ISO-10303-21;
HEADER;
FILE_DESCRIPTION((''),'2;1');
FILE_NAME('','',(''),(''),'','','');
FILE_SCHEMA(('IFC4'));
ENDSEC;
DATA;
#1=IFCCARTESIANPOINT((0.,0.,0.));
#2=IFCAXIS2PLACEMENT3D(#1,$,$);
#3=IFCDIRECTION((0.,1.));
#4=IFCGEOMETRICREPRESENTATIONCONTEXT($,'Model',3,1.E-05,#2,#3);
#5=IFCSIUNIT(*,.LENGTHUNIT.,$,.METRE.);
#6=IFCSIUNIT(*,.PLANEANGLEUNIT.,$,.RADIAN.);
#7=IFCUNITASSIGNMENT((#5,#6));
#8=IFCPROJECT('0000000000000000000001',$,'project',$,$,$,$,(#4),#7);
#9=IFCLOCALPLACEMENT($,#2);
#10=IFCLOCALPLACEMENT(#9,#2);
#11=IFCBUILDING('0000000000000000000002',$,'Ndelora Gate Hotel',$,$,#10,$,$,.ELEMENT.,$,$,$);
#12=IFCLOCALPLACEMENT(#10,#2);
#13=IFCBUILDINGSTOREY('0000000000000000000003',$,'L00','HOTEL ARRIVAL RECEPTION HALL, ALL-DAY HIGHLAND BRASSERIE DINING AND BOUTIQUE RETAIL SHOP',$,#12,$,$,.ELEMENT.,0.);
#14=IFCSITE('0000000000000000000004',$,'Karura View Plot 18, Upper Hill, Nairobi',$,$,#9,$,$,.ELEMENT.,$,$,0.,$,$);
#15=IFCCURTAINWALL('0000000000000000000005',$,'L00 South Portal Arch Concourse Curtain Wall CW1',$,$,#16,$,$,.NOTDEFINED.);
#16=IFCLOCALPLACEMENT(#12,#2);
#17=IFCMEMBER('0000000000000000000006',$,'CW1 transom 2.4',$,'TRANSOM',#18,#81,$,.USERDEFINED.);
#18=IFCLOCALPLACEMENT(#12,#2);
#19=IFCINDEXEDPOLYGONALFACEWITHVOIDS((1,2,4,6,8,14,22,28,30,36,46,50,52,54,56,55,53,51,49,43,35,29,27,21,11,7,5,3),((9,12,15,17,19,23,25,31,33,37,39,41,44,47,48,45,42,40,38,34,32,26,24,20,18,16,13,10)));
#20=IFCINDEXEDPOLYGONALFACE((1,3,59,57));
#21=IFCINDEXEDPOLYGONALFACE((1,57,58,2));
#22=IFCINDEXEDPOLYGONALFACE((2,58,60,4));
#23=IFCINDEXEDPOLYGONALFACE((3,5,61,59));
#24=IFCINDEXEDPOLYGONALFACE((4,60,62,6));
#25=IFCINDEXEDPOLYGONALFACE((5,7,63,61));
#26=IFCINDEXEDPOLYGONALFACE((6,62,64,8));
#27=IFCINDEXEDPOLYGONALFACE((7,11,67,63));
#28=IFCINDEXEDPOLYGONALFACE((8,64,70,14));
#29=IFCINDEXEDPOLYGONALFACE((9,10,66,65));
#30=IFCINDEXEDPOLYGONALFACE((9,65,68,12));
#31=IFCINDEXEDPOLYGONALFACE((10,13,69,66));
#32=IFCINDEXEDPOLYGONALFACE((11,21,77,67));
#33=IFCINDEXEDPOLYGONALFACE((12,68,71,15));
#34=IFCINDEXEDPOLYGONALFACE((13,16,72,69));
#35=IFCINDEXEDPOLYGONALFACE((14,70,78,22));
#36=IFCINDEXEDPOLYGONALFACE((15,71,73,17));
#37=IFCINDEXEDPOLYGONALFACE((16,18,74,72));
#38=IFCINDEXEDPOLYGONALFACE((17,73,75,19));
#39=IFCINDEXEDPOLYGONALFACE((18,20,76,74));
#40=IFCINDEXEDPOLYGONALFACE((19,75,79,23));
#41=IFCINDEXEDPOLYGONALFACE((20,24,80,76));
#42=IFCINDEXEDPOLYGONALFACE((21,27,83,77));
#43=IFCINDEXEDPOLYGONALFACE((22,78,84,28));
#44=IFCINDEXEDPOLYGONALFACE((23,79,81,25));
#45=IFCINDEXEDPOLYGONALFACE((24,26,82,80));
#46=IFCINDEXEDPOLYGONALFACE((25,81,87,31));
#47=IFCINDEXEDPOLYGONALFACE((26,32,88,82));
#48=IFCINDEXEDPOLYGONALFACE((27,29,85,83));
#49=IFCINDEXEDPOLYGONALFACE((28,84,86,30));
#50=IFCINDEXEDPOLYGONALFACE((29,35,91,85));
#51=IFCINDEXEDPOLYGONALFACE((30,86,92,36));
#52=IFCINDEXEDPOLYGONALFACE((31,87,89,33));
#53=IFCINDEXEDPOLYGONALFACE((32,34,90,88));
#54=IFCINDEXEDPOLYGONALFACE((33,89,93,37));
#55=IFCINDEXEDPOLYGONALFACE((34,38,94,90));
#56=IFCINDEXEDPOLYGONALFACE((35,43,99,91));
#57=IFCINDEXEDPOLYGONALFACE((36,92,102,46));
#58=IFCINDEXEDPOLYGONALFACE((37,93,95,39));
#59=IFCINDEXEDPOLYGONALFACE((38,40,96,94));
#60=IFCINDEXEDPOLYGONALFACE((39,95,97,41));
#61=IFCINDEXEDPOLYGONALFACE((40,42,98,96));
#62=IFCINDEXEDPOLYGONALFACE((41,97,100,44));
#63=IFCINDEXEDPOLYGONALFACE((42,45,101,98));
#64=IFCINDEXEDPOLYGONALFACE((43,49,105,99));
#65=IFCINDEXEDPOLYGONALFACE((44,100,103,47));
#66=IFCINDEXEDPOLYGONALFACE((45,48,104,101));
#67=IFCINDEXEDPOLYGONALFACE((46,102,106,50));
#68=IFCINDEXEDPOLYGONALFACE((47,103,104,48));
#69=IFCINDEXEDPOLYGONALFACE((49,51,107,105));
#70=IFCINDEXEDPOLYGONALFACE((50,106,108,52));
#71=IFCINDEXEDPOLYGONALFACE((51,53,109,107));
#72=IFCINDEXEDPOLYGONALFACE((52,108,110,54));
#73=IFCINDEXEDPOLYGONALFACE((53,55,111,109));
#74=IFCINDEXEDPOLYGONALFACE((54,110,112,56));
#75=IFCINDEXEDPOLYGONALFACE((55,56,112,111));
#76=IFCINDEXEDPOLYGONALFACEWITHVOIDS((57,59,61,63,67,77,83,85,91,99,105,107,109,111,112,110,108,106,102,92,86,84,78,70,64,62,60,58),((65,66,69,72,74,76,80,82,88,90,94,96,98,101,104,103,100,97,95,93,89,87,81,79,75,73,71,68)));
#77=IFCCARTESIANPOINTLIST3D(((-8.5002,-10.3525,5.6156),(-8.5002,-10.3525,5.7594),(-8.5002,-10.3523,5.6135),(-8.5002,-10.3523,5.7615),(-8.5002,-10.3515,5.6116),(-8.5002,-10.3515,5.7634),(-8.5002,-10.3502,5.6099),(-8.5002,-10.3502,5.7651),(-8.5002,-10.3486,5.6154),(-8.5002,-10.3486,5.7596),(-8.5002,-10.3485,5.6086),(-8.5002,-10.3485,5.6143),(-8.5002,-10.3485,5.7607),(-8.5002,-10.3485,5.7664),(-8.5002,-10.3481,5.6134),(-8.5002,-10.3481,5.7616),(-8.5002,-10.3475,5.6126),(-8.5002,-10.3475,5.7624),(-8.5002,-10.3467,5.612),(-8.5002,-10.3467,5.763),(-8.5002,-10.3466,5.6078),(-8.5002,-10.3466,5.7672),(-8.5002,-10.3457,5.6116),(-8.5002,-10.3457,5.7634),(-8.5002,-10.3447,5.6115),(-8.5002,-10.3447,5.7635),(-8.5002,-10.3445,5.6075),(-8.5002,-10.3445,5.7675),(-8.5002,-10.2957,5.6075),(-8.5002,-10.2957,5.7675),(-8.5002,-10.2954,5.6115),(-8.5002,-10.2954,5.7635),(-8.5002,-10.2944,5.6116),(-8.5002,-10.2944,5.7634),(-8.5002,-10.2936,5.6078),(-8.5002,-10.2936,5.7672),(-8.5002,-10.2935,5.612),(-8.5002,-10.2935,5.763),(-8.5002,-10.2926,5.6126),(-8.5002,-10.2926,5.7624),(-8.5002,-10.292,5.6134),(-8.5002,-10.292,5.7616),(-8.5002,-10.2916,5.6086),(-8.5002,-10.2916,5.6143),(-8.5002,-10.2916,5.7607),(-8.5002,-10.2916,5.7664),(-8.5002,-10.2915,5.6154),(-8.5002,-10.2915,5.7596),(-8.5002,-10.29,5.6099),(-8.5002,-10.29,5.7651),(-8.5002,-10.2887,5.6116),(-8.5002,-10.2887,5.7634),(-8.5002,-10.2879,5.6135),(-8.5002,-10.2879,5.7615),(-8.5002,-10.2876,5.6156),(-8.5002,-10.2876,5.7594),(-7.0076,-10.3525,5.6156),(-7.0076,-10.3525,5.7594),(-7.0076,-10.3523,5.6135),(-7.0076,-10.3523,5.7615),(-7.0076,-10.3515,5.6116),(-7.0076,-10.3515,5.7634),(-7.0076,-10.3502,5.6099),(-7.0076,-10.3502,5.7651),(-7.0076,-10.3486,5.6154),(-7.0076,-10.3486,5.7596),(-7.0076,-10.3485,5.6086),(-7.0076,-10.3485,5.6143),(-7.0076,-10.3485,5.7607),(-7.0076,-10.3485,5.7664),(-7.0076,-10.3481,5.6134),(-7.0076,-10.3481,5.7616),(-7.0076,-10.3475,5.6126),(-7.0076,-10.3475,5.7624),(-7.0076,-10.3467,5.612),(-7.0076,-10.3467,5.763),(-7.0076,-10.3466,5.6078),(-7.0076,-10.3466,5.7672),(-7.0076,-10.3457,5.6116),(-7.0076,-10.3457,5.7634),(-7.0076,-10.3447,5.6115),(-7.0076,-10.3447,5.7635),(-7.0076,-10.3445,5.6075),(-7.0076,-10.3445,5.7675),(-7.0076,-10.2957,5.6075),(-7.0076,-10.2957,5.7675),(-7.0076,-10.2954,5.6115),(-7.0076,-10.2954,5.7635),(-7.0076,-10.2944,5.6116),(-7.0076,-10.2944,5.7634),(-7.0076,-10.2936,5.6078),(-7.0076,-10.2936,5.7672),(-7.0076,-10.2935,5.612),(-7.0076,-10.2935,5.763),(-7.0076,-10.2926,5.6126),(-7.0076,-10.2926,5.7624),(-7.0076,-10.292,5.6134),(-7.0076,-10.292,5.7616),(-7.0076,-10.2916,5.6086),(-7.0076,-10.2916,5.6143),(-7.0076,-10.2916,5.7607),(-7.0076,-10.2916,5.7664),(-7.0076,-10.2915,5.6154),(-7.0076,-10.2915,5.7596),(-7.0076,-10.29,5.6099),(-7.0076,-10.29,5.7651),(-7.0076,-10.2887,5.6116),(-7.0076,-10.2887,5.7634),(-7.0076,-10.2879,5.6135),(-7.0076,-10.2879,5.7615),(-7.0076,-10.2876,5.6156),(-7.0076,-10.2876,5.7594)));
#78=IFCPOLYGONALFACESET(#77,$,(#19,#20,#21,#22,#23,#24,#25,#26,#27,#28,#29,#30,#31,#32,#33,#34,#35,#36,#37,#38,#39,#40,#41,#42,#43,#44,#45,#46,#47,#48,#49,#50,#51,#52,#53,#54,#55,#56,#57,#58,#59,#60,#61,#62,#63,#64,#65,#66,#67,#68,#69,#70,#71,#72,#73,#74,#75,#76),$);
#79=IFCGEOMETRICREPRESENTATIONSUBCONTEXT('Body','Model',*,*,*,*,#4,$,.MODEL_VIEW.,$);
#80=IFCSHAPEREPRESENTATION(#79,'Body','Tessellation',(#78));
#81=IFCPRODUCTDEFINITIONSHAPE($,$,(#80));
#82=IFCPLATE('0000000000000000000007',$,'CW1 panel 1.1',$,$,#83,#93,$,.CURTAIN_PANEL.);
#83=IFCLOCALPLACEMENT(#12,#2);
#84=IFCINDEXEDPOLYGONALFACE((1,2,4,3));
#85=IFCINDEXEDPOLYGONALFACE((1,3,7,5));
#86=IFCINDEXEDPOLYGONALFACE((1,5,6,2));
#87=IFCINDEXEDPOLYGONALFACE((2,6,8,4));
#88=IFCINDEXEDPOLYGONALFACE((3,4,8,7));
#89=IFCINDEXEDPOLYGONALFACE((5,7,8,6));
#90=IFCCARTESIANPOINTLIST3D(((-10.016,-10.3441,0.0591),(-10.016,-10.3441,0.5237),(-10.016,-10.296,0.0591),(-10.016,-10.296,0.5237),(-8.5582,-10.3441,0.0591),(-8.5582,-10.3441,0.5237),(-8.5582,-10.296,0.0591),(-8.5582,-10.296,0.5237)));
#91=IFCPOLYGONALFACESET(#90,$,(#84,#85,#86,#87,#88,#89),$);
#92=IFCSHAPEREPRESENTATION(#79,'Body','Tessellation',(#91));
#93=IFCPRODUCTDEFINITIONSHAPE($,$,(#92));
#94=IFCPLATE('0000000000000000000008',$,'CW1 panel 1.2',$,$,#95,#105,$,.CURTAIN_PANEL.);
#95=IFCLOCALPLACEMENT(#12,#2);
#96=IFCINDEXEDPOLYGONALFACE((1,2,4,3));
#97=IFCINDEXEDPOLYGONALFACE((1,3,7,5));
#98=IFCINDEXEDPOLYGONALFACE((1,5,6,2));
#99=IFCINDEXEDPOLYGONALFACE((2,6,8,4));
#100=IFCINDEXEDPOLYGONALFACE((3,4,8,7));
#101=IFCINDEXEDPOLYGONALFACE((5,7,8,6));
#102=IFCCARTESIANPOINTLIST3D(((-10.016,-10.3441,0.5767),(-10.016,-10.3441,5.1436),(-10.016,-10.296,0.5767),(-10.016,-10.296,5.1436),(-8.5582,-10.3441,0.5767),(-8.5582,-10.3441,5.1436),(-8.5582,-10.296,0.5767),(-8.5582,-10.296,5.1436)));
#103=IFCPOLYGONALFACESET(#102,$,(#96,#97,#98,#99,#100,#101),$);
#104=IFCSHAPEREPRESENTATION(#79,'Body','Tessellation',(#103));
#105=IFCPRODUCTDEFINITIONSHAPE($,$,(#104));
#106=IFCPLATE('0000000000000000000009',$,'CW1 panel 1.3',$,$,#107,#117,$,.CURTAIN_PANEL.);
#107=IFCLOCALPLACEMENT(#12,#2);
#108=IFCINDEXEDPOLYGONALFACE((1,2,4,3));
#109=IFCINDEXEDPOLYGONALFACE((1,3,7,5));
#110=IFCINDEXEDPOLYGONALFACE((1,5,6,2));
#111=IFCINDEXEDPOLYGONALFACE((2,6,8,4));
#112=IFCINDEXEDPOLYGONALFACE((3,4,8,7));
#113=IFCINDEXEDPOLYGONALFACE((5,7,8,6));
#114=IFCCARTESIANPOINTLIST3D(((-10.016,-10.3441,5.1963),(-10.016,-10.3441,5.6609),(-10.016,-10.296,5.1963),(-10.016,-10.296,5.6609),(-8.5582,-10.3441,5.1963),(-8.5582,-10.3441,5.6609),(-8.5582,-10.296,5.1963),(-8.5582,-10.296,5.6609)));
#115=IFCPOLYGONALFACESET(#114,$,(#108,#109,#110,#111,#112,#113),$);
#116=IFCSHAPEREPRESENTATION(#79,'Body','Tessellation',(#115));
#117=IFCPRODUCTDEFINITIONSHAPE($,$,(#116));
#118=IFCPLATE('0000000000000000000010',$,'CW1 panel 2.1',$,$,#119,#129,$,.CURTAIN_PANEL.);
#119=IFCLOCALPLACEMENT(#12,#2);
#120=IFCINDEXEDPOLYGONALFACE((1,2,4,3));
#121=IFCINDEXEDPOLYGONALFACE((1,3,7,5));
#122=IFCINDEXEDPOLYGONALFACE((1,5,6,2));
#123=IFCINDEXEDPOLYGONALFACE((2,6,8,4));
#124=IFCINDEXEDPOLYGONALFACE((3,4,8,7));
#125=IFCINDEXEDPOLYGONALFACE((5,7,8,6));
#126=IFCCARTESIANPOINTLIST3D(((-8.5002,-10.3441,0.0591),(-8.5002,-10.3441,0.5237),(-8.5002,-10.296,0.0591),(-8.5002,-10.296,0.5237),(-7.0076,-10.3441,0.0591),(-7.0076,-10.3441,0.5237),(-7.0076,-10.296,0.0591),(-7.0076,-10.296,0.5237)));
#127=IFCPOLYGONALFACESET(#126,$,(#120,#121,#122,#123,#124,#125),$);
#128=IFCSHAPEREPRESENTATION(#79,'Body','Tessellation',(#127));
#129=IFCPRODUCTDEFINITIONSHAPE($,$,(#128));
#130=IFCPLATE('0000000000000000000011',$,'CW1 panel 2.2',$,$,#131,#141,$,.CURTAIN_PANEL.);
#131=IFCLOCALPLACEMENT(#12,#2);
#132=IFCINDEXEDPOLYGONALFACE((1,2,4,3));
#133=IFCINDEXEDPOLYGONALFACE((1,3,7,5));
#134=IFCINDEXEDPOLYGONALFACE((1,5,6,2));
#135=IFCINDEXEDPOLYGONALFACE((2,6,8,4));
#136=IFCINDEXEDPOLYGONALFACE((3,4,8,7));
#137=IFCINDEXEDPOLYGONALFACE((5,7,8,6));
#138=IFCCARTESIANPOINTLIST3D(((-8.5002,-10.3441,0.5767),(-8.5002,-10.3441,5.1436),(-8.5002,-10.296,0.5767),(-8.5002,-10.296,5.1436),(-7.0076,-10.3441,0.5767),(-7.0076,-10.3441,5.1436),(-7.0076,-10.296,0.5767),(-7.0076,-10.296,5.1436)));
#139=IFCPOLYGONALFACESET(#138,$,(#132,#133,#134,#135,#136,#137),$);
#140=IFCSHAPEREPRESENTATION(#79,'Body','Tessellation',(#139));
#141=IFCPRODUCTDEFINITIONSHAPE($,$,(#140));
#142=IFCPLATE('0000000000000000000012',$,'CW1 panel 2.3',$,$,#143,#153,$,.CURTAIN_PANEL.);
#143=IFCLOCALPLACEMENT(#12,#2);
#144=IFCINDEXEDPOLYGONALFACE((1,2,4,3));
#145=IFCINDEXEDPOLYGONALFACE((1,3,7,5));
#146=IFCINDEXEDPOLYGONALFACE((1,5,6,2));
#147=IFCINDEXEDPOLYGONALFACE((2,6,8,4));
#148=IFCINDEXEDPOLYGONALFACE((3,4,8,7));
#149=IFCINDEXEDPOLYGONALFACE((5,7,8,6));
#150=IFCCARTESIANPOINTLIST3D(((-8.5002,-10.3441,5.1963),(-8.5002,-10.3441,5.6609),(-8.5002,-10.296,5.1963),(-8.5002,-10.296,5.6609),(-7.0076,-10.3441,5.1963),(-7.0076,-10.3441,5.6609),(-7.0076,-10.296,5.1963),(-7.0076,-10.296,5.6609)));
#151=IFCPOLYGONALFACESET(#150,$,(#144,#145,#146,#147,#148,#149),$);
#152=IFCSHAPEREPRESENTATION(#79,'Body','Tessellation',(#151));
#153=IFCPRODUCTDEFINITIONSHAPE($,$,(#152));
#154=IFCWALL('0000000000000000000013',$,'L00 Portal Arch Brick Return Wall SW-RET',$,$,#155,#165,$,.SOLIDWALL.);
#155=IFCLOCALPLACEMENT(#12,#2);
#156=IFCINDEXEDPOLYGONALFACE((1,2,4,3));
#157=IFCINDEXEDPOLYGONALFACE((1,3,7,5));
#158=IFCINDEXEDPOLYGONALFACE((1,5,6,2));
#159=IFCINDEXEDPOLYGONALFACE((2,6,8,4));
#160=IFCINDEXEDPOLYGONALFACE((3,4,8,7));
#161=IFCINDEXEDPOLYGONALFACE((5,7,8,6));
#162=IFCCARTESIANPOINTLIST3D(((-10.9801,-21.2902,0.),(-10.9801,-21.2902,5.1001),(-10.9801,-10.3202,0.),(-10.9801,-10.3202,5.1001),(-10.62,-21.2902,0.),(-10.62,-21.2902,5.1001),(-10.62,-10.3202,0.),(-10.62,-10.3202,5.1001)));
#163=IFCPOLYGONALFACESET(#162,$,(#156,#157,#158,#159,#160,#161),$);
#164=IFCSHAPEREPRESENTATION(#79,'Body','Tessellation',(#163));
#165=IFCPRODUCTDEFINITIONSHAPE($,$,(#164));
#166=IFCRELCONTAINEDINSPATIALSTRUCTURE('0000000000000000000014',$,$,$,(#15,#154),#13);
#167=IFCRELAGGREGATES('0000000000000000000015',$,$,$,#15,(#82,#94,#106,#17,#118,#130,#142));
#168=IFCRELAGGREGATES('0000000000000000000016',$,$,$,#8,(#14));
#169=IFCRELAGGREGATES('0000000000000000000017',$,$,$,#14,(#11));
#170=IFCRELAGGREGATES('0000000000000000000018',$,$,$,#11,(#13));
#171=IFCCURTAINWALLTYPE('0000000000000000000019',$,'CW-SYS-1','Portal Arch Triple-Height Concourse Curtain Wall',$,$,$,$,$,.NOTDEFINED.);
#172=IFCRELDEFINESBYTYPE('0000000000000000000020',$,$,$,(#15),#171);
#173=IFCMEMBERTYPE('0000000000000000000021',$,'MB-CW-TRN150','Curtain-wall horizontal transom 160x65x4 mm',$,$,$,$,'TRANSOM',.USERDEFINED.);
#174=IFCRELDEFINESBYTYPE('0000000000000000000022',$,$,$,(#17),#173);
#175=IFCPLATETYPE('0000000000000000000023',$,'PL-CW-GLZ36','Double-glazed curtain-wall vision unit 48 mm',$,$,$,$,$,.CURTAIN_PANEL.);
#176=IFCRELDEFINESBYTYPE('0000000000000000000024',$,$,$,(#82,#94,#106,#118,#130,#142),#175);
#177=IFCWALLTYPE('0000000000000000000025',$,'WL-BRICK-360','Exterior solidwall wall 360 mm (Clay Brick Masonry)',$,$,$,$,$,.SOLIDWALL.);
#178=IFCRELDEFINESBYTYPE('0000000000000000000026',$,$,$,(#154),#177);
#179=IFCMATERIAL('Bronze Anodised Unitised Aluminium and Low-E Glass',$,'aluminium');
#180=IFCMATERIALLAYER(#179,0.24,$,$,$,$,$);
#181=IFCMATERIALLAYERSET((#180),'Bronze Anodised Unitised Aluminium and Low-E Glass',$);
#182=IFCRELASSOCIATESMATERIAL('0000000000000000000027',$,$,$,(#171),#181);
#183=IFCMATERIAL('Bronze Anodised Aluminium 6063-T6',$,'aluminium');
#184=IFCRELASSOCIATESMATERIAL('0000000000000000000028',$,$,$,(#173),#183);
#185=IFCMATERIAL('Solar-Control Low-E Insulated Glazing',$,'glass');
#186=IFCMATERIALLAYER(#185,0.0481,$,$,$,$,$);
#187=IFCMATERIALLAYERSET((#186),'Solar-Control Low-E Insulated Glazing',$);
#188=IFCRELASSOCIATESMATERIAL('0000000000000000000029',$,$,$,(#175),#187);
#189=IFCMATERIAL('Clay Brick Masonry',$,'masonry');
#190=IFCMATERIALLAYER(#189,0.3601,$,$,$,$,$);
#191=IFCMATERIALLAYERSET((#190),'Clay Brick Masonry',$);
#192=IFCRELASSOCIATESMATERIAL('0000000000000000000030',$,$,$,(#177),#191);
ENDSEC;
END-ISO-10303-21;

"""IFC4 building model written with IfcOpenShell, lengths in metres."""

from ifc_helpers import new_model, si_unit, direction, frame, frame_2d, origin, origin_2d, place, context, subcontext, project, spatial, rectangle, hollow_rectangle, extrude, material, layer, layer_set, material_profile, profile_set, type_object, element, aggregate, save


model = new_model("IFC4")

# Units and contexts
model_context = context("Model", 3, precision=1e-05, world=origin(), true_north=direction((0.0, 1.0)))
body_context = subcontext(model_context, "Body", "Model", "MODEL_VIEW")
ifc_project = project(units=[si_unit("LENGTHUNIT", "METRE"), si_unit("PLANEANGLEUNIT", "RADIAN")], contexts=[model_context])

# Site, building, storey
site_placement = place(None, origin())
site = spatial("IfcSite", under=ifc_project, at=site_placement, Name="Karura View Plot 18, Upper Hill, Nairobi", CompositionType="ELEMENT", RefElevation=0.0)
building_placement = place(site_placement, origin())
building = spatial("IfcBuilding", under=site, at=building_placement, Name="Ndelora Gate Hotel", CompositionType="ELEMENT")
storey_placement = place(building_placement, origin())
storey = spatial("IfcBuildingStorey", under=building, at=storey_placement, Name="L00", Description="HOTEL ARRIVAL RECEPTION HALL, ALL-DAY HIGHLAND BRASSERIE DINING AND BOUTIQUE RETAIL SHOP", CompositionType="ELEMENT", Elevation=0.0)

# Curtain wall, member, plates
ifc_material_1 = material(Name="Bronze Anodised Unitised Aluminium and Low-E Glass", Category="aluminium")
ifc_layer_1 = layer(ifc_material_1, 0.24)
ifc_layer_set_1 = layer_set([ifc_layer_1], Name="Bronze Anodised Unitised Aluminium and Low-E Glass")
curtain_wall_type = type_object("IfcCurtainWallType", Name="CW-SYS-1", Description="Portal Arch Triple-Height Concourse Curtain Wall", PredefinedType="NOTDEFINED", material=ifc_layer_set_1)
curtain_wall_placement = place(storey_placement, origin())
curtain_wall = element("IfcCurtainWall", 1, at=curtain_wall_placement, inside=storey, type_object=curtain_wall_type, Name="L00 South Portal Arch Concourse Curtain Wall CW1", PredefinedType="NOTDEFINED")
ifc_material_2 = material(Name="Bronze Anodised Aluminium 6063-T6", Category="aluminium")
ifc_material_profile_1 = material_profile(ifc_material_2, hollow_rectangle(XDim=0.0649, YDim=0.1599, WallThickness=0.0039, InnerFilletRadius=0.0039, OuterFilletRadius=0.0081, at=origin_2d()), Name="ALU 160x65x4")
ifc_profile_set_1 = profile_set([ifc_material_profile_1], Name="Bronze Anodised Aluminium 6063-T6")
member_type_1 = type_object("IfcMemberType", Name="MB-CW-TRN150", Description="Curtain-wall horizontal transom 160x65x4 mm", ElementType="TRANSOM", PredefinedType="USERDEFINED", material=ifc_profile_set_1)
member_1_placement = place(storey_placement, frame((-8.5002, -10.3201, 5.6875), z_axis=(1.0, 0.0, 0.0), x_axis=(0.0, 1.0, 0.0)))
member_1 = element("IfcMember", 2, at=member_1_placement, type_object=member_type_1, Name="CW1 transom 2.4", ObjectType="TRANSOM", PredefinedType="USERDEFINED", context=body_context, shape_type="SweptSolid", body=[
    extrude(hollow_rectangle(XDim=0.0649, YDim=0.1599, WallThickness=0.0039, InnerFilletRadius=0.0039, OuterFilletRadius=0.0081, at=origin_2d()), origin(), (0.0, 0.0, 1.0), 1.4927),
])
ifc_material_3 = material(Name="Solar-Control Low-E Insulated Glazing", Category="glass")
ifc_layer_2 = layer(ifc_material_3, 0.0481)
ifc_layer_set_2 = layer_set([ifc_layer_2], Name="Solar-Control Low-E Insulated Glazing")
plate_type = type_object("IfcPlateType", Name="PL-CW-GLZ36", Description="Double-glazed curtain-wall vision unit 48 mm", PredefinedType="CURTAIN_PANEL", material=ifc_layer_set_2)
plate_1_placement = place(storey_placement, frame((-9.2871, -10.3201, 0.0591), z_axis=(0.0, 0.0, 1.0), x_axis=(1.0, 0.0, 0.0)))
plate_1 = element("IfcPlate", 3, at=plate_1_placement, type_object=plate_type, Name="CW1 panel 1.1", PredefinedType="CURTAIN_PANEL", context=body_context, shape_type="SweptSolid", body=[
    extrude(rectangle(XDim=1.4578, YDim=0.0481, at=origin_2d()), origin(), (0.0, 0.0, 1.0), 0.4646),
])
plate_2_placement = place(storey_placement, frame((-9.2871, -10.3201, 0.5767), z_axis=(0.0, 0.0, 1.0), x_axis=(1.0, 0.0, 0.0)))
plate_2 = element("IfcPlate", 4, at=plate_2_placement, type_object=plate_type, Name="CW1 panel 1.2", PredefinedType="CURTAIN_PANEL", context=body_context, shape_type="SweptSolid", body=[
    extrude(rectangle(XDim=1.4578, YDim=0.0481, at=origin_2d()), origin(), (0.0, 0.0, 1.0), 4.5669),
])
plate_3_placement = place(storey_placement, frame((-9.2871, -10.3201, 5.1963), z_axis=(0.0, 0.0, 1.0), x_axis=(1.0, 0.0, 0.0)))
plate_3 = element("IfcPlate", 5, at=plate_3_placement, type_object=plate_type, Name="CW1 panel 1.3", PredefinedType="CURTAIN_PANEL", context=body_context, shape_type="SweptSolid", body=[
    extrude(rectangle(XDim=1.4578, YDim=0.0481, at=origin_2d()), origin(), (0.0, 0.0, 1.0), 0.4646),
])
plate_4_placement = place(storey_placement, frame((-7.7539, -10.3201, 0.0591), z_axis=(0.0, 0.0, 1.0), x_axis=(1.0, 0.0, 0.0)))
plate_4 = element("IfcPlate", 6, at=plate_4_placement, type_object=plate_type, Name="CW1 panel 2.1", PredefinedType="CURTAIN_PANEL", context=body_context, shape_type="SweptSolid", body=[
    extrude(rectangle(XDim=1.4927, YDim=0.0481, at=origin_2d()), origin(), (0.0, 0.0, 1.0), 0.4646),
])
plate_5_placement = place(storey_placement, frame((-7.7539, -10.3201, 0.5767), z_axis=(0.0, 0.0, 1.0), x_axis=(1.0, 0.0, 0.0)))
plate_5 = element("IfcPlate", 7, at=plate_5_placement, type_object=plate_type, Name="CW1 panel 2.2", PredefinedType="CURTAIN_PANEL", context=body_context, shape_type="SweptSolid", body=[
    extrude(rectangle(XDim=1.4927, YDim=0.0481, at=origin_2d()), origin(), (0.0, 0.0, 1.0), 4.5669),
])
plate_6_placement = place(storey_placement, frame((-7.7539, -10.3201, 5.1963), z_axis=(0.0, 0.0, 1.0), x_axis=(1.0, 0.0, 0.0)))
plate_6 = element("IfcPlate", 8, at=plate_6_placement, type_object=plate_type, Name="CW1 panel 2.3", PredefinedType="CURTAIN_PANEL", context=body_context, shape_type="SweptSolid", body=[
    extrude(rectangle(XDim=1.4927, YDim=0.0481, at=origin_2d()), origin(), (0.0, 0.0, 1.0), 0.4646),
])
aggregate(curtain_wall, [plate_1, plate_2, plate_3, member_1, plate_4, plate_5, plate_6])

# Wall
ifc_material_4 = material(Name="Clay Brick Masonry", Category="masonry")
ifc_layer_3 = layer(ifc_material_4, 0.3601)
ifc_layer_set_3 = layer_set([ifc_layer_3], Name="Clay Brick Masonry")
wall_type_1 = type_object("IfcWallType", Name="WL-BRICK-360", Description="Exterior solidwall wall 360 mm (Clay Brick Masonry)", PredefinedType="SOLIDWALL", material=ifc_layer_set_3)
wall_1_placement = place(storey_placement, frame((-10.8, -21.29, 0.0), z_axis=(0.0, 0.0, 1.0), x_axis=(0.0, 1.0, 0.0)))
element("IfcWall", 9, at=wall_1_placement, inside=storey, type_object=wall_type_1, Name="L00 Portal Arch Brick Return Wall SW-RET", PredefinedType="SOLIDWALL", context=body_context, shape_type="SweptSolid", body=[
    extrude(rectangle(XDim=10.97, YDim=0.3601, at=frame_2d((5.4849, 0.0))), origin(), (0.0, 0.0, 1.0), 5.1001),
])

save(model, "model.ifc")
